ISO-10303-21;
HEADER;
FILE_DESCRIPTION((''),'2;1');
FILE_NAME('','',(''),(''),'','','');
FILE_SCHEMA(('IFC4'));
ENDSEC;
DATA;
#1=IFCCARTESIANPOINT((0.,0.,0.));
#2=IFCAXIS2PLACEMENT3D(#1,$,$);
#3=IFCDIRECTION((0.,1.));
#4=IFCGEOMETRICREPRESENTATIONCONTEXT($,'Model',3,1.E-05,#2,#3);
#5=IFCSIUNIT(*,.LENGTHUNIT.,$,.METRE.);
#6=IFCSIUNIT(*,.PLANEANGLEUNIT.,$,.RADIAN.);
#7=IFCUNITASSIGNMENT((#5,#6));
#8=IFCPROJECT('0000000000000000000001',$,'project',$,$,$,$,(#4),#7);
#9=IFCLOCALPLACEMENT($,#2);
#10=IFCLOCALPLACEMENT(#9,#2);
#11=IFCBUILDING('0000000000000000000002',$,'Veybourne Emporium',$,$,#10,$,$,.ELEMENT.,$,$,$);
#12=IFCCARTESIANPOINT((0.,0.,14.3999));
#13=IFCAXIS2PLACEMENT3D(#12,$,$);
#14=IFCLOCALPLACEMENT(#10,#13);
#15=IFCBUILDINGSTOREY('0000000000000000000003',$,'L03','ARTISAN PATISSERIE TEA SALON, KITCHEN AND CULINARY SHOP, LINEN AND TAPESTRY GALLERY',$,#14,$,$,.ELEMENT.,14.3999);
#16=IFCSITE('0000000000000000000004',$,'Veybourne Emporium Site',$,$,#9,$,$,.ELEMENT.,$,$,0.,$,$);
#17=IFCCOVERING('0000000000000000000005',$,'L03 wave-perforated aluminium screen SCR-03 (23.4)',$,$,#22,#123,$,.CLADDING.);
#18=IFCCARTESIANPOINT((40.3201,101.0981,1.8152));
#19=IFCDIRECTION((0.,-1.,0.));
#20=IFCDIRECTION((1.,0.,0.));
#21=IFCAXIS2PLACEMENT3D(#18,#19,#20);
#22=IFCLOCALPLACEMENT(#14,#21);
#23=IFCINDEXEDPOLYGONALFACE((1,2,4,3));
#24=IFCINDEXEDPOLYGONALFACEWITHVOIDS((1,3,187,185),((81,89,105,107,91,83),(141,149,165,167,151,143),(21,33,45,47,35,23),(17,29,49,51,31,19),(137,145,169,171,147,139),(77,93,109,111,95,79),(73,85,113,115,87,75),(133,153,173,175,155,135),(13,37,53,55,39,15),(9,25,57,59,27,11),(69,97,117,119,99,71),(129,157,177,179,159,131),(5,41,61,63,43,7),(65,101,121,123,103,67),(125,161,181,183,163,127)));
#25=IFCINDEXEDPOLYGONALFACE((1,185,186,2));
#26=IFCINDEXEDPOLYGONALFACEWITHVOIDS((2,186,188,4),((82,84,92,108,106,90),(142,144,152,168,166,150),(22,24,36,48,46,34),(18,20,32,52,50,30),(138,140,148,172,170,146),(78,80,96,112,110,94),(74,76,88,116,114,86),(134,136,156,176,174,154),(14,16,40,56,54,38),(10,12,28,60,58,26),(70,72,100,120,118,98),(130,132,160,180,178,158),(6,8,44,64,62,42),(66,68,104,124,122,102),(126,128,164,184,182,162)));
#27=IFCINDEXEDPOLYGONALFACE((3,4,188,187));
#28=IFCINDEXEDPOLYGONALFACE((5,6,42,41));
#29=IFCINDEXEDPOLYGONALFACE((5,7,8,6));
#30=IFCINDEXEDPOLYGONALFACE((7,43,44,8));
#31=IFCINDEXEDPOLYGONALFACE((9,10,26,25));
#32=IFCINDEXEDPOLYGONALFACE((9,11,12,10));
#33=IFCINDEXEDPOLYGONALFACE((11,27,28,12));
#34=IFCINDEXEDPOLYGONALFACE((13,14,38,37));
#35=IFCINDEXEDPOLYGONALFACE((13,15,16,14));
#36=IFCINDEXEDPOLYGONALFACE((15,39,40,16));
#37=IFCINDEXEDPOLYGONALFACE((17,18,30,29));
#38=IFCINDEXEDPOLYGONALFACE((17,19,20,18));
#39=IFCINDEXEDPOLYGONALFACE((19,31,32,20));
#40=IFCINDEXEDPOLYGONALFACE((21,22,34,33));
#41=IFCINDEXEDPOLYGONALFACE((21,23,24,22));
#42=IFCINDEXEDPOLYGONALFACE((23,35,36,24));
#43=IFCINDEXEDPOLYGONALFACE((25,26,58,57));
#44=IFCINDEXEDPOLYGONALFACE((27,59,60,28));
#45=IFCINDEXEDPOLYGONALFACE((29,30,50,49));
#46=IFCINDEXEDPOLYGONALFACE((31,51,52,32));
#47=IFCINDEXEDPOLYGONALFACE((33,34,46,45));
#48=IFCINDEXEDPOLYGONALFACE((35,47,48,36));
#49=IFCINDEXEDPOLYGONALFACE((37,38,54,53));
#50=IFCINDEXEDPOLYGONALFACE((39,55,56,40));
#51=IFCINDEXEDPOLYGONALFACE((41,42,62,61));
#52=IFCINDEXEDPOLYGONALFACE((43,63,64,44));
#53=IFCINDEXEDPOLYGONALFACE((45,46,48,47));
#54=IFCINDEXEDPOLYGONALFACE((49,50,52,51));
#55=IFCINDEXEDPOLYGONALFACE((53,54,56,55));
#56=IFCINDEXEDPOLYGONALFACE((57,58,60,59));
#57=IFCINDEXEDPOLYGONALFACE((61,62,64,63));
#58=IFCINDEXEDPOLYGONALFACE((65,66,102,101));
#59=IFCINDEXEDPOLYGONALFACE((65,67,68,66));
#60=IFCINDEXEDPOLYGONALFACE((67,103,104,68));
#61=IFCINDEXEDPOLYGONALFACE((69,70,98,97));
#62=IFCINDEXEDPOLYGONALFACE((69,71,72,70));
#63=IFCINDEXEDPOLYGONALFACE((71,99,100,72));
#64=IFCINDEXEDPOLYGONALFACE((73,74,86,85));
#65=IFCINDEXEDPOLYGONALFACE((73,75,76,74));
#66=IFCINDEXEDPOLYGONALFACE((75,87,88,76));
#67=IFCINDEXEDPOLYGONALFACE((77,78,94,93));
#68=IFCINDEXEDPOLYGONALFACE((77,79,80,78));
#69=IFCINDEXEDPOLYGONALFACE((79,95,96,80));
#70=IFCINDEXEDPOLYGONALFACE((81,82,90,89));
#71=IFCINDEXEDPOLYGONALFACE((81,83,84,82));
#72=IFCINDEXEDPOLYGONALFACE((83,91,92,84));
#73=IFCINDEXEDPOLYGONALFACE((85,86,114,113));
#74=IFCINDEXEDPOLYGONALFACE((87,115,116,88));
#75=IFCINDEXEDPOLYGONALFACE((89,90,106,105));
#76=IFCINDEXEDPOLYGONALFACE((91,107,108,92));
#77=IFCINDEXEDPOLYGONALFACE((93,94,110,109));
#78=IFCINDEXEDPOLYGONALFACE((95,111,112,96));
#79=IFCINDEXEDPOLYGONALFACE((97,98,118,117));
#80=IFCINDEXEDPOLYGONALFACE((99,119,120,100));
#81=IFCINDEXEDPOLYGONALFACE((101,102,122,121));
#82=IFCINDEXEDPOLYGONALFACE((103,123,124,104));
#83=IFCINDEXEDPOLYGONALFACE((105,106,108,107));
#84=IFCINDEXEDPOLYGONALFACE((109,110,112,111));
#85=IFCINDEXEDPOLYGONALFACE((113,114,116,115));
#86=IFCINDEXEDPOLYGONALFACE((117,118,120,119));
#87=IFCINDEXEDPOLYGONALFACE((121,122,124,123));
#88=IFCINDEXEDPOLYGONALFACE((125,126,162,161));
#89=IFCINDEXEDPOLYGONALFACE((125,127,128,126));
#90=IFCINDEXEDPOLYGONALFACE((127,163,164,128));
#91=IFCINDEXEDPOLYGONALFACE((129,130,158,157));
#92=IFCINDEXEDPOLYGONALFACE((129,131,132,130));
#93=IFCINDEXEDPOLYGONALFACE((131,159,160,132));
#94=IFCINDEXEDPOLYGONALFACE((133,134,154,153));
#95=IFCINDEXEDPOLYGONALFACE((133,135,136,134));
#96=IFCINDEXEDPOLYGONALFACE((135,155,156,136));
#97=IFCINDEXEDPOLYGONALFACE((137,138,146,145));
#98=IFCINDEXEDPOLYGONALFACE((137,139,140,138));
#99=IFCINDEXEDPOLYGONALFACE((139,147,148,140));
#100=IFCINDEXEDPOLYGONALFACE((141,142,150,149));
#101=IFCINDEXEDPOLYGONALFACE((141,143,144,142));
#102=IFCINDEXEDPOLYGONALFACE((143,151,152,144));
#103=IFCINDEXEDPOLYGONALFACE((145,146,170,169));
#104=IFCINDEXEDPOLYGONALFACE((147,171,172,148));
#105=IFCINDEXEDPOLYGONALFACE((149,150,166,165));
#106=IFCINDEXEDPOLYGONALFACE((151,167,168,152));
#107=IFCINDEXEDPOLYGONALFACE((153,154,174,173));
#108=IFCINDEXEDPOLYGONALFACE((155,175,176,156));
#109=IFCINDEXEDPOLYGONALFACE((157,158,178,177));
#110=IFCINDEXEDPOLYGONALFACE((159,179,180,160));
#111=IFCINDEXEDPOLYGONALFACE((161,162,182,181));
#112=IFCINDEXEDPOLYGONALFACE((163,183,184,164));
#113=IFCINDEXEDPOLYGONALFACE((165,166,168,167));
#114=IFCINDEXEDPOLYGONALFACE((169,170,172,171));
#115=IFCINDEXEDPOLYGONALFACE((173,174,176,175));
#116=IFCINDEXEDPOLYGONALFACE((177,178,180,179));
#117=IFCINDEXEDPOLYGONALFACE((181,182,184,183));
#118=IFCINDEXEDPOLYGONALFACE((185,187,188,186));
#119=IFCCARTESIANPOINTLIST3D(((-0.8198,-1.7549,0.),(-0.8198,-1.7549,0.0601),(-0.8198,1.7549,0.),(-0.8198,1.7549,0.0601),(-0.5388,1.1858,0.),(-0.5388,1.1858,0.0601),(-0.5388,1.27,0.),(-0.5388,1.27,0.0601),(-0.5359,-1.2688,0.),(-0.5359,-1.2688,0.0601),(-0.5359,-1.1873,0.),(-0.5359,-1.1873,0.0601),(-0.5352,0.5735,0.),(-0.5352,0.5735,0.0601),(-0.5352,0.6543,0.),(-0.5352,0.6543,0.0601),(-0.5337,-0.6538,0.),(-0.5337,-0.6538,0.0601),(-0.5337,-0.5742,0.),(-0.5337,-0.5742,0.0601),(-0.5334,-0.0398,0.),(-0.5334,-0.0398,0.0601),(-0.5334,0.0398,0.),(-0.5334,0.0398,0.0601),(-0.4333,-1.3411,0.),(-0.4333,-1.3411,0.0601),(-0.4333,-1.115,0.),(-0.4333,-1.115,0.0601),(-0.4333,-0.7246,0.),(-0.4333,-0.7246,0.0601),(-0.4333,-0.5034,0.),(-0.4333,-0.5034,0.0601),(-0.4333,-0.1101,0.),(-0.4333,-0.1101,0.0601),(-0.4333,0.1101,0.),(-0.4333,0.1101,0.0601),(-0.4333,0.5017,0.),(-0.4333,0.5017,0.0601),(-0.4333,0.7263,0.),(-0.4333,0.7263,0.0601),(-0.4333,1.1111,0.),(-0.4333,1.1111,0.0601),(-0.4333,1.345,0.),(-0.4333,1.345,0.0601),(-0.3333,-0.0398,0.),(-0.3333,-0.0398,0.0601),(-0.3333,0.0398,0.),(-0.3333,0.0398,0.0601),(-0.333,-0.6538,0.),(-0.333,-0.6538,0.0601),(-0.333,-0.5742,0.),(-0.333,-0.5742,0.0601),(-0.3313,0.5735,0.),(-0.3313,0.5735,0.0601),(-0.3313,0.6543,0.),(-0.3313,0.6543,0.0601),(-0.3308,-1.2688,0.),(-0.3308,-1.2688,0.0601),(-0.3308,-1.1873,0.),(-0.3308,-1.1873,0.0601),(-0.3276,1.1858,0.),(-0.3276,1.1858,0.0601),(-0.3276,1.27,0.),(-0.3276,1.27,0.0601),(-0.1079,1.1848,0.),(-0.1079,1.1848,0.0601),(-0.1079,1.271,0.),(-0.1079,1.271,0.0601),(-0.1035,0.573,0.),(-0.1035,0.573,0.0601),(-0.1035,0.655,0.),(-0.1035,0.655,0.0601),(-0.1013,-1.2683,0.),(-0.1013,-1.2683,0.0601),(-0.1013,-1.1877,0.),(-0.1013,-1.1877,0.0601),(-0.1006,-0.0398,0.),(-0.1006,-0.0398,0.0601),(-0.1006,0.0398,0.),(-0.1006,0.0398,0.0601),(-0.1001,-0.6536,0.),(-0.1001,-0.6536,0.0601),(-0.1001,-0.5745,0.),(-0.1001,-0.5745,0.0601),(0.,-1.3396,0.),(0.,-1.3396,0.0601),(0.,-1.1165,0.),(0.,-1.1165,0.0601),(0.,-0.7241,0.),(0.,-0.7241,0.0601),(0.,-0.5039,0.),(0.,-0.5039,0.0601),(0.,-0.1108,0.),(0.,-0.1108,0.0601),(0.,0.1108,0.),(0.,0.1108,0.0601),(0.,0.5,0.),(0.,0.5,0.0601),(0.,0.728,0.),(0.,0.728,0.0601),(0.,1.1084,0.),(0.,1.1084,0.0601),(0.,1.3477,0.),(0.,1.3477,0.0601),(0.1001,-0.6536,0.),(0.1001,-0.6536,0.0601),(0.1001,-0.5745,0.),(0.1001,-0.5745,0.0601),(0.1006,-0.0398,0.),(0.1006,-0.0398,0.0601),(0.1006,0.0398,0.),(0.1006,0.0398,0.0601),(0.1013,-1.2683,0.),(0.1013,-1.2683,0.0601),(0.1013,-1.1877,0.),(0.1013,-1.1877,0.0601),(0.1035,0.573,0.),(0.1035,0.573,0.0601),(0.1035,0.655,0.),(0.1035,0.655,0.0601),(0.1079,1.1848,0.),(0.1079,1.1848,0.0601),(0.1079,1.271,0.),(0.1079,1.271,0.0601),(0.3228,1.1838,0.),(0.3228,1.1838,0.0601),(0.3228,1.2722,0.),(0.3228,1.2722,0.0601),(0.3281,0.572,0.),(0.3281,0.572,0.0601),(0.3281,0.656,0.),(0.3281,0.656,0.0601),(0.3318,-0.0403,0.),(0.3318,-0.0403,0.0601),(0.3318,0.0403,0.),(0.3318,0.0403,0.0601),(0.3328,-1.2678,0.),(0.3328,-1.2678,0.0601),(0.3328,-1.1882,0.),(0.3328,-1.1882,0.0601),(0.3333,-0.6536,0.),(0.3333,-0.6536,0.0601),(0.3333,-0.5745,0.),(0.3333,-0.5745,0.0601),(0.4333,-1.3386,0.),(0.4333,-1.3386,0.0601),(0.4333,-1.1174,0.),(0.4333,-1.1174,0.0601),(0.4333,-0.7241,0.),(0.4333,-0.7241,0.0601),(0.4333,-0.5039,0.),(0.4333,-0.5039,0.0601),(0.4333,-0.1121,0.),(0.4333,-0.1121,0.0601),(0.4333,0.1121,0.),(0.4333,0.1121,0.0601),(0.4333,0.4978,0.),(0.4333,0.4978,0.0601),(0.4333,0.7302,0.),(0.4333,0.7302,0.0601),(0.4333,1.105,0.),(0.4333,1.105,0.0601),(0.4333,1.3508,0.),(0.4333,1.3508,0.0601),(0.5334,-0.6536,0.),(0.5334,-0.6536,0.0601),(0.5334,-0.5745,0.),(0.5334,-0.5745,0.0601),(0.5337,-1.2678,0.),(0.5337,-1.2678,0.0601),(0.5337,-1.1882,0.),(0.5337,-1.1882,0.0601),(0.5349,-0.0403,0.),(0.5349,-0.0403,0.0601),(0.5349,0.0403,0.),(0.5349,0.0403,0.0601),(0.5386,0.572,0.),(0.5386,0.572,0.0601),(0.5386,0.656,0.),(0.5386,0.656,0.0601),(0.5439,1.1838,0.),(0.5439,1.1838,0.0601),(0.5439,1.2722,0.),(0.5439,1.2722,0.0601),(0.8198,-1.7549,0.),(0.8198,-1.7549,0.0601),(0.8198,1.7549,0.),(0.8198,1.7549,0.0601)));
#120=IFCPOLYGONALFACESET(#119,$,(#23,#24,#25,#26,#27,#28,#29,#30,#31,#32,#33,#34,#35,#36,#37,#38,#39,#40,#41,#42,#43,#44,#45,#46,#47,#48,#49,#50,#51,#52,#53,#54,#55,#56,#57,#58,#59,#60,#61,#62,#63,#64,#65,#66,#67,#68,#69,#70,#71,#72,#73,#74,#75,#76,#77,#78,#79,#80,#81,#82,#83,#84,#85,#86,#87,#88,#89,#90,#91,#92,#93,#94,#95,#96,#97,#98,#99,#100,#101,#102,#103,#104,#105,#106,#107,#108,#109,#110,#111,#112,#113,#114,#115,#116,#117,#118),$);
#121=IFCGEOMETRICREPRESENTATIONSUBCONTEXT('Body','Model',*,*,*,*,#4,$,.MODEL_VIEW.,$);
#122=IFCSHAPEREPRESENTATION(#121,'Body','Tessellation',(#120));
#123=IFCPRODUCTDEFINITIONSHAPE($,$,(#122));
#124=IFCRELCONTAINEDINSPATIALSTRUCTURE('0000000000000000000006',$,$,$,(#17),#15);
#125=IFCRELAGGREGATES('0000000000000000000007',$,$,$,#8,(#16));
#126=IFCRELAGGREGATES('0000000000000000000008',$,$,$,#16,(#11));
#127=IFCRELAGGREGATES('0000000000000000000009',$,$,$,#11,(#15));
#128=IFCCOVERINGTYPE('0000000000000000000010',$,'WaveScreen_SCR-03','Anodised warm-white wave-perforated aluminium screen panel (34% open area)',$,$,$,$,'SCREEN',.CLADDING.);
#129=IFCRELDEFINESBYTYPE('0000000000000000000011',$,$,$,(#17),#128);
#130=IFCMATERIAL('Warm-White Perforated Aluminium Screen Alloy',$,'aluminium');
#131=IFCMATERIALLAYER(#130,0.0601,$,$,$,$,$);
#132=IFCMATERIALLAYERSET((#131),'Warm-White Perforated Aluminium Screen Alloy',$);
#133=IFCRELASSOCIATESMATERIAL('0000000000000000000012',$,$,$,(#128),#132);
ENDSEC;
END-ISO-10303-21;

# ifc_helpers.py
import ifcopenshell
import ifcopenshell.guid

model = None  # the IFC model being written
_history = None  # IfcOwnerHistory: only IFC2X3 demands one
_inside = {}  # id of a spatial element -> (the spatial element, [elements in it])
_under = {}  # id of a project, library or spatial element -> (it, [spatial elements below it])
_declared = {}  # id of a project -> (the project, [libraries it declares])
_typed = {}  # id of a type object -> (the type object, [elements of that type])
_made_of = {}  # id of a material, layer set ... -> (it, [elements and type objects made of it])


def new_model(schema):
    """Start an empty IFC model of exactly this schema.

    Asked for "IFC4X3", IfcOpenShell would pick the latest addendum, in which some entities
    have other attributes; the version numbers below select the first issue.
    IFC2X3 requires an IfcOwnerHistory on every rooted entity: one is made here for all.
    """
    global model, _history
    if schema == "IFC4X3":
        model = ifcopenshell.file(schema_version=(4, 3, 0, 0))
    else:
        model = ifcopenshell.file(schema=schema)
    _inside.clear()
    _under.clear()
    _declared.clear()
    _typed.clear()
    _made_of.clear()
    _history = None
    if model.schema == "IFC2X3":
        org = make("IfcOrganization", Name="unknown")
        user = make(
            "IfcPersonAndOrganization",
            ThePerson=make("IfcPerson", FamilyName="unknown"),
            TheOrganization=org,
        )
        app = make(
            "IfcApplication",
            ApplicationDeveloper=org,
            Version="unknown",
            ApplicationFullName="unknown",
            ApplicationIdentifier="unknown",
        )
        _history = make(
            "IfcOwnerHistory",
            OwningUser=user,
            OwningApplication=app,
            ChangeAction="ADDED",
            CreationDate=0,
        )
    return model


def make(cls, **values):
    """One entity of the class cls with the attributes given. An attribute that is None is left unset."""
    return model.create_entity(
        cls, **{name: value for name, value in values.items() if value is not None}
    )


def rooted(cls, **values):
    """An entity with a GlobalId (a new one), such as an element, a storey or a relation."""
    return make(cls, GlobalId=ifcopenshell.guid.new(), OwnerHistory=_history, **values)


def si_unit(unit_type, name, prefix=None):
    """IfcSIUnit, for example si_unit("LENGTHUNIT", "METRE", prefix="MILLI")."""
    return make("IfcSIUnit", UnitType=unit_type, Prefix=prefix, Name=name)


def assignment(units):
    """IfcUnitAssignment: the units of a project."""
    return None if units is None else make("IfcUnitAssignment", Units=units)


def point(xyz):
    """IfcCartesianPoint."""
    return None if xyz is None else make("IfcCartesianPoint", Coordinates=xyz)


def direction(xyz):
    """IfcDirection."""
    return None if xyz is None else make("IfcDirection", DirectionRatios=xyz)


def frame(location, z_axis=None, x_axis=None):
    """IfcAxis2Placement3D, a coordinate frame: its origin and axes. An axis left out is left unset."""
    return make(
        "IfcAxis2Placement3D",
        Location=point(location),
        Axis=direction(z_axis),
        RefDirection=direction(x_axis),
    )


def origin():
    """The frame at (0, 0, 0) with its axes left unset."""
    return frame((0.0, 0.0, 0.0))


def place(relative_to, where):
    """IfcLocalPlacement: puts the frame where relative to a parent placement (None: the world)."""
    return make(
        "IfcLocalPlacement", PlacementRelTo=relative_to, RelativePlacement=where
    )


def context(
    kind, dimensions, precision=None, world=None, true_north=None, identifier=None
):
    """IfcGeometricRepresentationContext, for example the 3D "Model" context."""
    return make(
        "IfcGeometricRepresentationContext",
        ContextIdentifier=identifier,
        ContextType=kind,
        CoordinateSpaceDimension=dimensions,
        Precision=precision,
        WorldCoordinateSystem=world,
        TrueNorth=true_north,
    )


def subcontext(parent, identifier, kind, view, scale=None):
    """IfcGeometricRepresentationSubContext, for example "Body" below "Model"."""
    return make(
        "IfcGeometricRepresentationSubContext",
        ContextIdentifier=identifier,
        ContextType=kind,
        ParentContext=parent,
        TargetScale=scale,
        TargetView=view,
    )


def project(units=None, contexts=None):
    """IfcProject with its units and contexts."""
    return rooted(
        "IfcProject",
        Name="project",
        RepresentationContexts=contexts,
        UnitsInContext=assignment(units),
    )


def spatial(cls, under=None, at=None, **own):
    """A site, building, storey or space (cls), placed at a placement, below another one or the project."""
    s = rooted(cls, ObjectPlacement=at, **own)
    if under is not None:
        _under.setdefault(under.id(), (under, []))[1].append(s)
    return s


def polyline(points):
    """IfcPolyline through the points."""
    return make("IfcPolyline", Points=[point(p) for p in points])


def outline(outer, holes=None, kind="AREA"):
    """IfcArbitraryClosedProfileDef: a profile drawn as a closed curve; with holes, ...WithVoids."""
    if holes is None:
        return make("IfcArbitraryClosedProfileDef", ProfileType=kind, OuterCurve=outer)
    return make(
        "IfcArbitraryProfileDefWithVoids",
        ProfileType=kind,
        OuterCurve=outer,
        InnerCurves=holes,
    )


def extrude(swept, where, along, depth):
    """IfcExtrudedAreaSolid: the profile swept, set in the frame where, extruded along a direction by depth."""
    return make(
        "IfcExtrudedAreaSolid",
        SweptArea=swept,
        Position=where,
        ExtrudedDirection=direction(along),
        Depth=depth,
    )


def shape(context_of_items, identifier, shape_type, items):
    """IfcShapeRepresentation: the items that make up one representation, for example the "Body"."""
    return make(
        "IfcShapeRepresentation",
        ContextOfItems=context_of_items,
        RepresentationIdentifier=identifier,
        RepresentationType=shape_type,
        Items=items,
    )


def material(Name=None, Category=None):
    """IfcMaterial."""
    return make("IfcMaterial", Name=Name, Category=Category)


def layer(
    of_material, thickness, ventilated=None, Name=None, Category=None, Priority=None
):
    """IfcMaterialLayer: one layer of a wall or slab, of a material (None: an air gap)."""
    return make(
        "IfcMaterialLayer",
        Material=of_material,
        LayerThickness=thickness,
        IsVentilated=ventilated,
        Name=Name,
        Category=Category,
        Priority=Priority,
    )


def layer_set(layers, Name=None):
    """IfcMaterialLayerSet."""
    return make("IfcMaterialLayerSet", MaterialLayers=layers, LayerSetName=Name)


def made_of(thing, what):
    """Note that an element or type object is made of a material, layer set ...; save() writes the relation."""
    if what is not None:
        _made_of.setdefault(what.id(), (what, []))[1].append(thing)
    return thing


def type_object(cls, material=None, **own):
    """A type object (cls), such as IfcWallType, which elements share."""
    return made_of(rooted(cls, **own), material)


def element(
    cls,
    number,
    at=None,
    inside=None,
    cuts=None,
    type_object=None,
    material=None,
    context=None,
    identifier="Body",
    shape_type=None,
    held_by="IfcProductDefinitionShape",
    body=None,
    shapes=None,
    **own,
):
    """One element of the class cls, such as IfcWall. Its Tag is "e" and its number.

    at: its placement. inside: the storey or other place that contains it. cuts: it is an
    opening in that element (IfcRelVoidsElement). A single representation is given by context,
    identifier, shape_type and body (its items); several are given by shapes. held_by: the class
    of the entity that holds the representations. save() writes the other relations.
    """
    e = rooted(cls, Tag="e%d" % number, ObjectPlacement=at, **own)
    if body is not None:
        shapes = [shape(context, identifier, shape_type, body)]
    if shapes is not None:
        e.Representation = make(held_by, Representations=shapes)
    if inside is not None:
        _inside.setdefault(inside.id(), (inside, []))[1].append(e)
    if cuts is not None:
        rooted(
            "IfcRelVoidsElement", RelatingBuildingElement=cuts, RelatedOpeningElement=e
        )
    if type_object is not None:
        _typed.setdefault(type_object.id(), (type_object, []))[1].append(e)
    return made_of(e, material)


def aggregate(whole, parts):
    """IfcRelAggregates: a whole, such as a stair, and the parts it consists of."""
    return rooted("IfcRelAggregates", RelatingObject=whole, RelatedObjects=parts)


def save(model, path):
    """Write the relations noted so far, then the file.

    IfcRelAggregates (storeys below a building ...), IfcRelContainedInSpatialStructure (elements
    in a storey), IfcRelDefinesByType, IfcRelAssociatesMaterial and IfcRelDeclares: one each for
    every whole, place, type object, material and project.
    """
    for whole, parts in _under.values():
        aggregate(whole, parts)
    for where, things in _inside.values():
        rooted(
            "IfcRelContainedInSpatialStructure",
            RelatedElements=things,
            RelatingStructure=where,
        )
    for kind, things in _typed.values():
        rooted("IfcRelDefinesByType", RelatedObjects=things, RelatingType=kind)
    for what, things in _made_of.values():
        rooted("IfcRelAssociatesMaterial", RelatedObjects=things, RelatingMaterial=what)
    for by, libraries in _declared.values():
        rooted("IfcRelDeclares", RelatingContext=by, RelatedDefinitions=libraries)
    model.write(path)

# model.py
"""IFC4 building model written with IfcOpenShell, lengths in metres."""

from ifc_helpers import new_model, si_unit, direction, frame, origin, place, context, subcontext, project, spatial, polyline, outline, extrude, material, layer, layer_set, type_object, element, save


model = new_model("IFC4")

# Units and contexts
model_context = context("Model", 3, precision=1e-05, world=origin(), true_north=direction((0.0, 1.0)))
body_context = subcontext(model_context, "Body", "Model", "MODEL_VIEW")
ifc_project = project(units=[si_unit("LENGTHUNIT", "METRE"), si_unit("PLANEANGLEUNIT", "RADIAN")], contexts=[model_context])

# Site, building, storey
site_placement = place(None, origin())
site = spatial("IfcSite", under=ifc_project, at=site_placement, Name="Veybourne Emporium Site", CompositionType="ELEMENT", RefElevation=0.0)
building_placement = place(site_placement, origin())
building = spatial("IfcBuilding", under=site, at=building_placement, Name="Veybourne Emporium", CompositionType="ELEMENT")
storey_placement = place(building_placement, frame((0.0, 0.0, 14.3999)))
storey = spatial("IfcBuildingStorey", under=building, at=storey_placement, Name="L03", Description="ARTISAN PATISSERIE TEA SALON, KITCHEN AND CULINARY SHOP, LINEN AND TAPESTRY GALLERY", CompositionType="ELEMENT", Elevation=14.3999)

# Covering
ifc_material_1 = material(Name="Warm-White Perforated Aluminium Screen Alloy", Category="aluminium")
ifc_layer_1 = layer(ifc_material_1, 0.0601)
ifc_layer_set_1 = layer_set([ifc_layer_1], Name="Warm-White Perforated Aluminium Screen Alloy")
covering_type_1 = type_object("IfcCoveringType", Name="WaveScreen_SCR-03", Description="Anodised warm-white wave-perforated aluminium screen panel (34% open area)", ElementType="SCREEN", PredefinedType="CLADDING", material=ifc_layer_set_1)
covering_1_placement = place(storey_placement, frame((40.3201, 101.0981, 1.8152), z_axis=(0.0, -1.0, 0.0), x_axis=(1.0, 0.0, 0.0)))
element("IfcCovering", 1, at=covering_1_placement, inside=storey, type_object=covering_type_1, Name="L03 wave-perforated aluminium screen SCR-03 (23.4)", PredefinedType="CLADDING", context=body_context, shape_type="SweptSolid", body=[
    extrude(outline(polyline([(-0.8198, -1.7549), (0.8198, -1.7549), (0.8198, 1.7549), (-0.8198, 1.7549), (-0.8198, -1.7549)]), holes=[polyline([(-0.4333, -1.115), (-0.3308, -1.1873), (-0.3308, -1.2688), (-0.4333, -1.3411), (-0.5359, -1.2688), (-0.5359, -1.1873), (-0.4333, -1.115)]), polyline([(-0.4333, -0.5034), (-0.333, -0.5742), (-0.333, -0.6538), (-0.4333, -0.7246), (-0.5337, -0.6538), (-0.5337, -0.5742), (-0.4333, -0.5034)]), polyline([(-0.4333, 0.1101), (-0.3333, 0.0398), (-0.3333, -0.0398), (-0.4333, -0.1101), (-0.5334, -0.0398), (-0.5334, 0.0398), (-0.4333, 0.1101)]), polyline([(-0.4333, 0.7263), (-0.3313, 0.6543), (-0.3313, 0.5735), (-0.4333, 0.5017), (-0.5352, 0.5735), (-0.5352, 0.6543), (-0.4333, 0.7263)]), polyline([(-0.4333, 1.345), (-0.3276, 1.27), (-0.3276, 1.1858), (-0.4333, 1.1111), (-0.5388, 1.1858), (-0.5388, 1.27), (-0.4333, 1.345)]), polyline([(0.0, -1.1165), (0.1013, -1.1877), (0.1013, -1.2683), (0.0, -1.3396), (-0.1013, -1.2683), (-0.1013, -1.1877), (0.0, -1.1165)]), polyline([(0.0, -0.5039), (0.1001, -0.5745), (0.1001, -0.6536), (0.0, -0.7241), (-0.1001, -0.6536), (-0.1001, -0.5745), (0.0, -0.5039)]), polyline([(0.0, 0.1108), (0.1006, 0.0398), (0.1006, -0.0398), (0.0, -0.1108), (-0.1006, -0.0398), (-0.1006, 0.0398), (0.0, 0.1108)]), polyline([(0.0, 0.728), (0.1035, 0.655), (0.1035, 0.573), (0.0, 0.5), (-0.1035, 0.573), (-0.1035, 0.655), (0.0, 0.728)]), polyline([(0.0, 1.3477), (0.1079, 1.271), (0.1079, 1.1848), (0.0, 1.1084), (-0.1079, 1.1848), (-0.1079, 1.271), (0.0, 1.3477)]), polyline([(0.4333, -1.1174), (0.5337, -1.1882), (0.5337, -1.2678), (0.4333, -1.3386), (0.3328, -1.2678), (0.3328, -1.1882), (0.4333, -1.1174)]), polyline([(0.4333, -0.5039), (0.5334, -0.5745), (0.5334, -0.6536), (0.4333, -0.7241), (0.3333, -0.6536), (0.3333, -0.5745), (0.4333, -0.5039)]), polyline([(0.4333, 0.1121), (0.5349, 0.0403), (0.5349, -0.0403), (0.4333, -0.1121), (0.3318, -0.0403), (0.3318, 0.0403), (0.4333, 0.1121)]), polyline([(0.4333, 0.7302), (0.5386, 0.656), (0.5386, 0.572), (0.4333, 0.4978), (0.3281, 0.572), (0.3281, 0.656), (0.4333, 0.7302)]), polyline([(0.4333, 1.3508), (0.5439, 1.2722), (0.5439, 1.1838), (0.4333, 1.105), (0.3228, 1.1838), (0.3228, 1.2722), (0.4333, 1.3508)])]), origin(), (0.0, 0.0, 1.0), 0.0601),
])

save(model, "model.ifc")
